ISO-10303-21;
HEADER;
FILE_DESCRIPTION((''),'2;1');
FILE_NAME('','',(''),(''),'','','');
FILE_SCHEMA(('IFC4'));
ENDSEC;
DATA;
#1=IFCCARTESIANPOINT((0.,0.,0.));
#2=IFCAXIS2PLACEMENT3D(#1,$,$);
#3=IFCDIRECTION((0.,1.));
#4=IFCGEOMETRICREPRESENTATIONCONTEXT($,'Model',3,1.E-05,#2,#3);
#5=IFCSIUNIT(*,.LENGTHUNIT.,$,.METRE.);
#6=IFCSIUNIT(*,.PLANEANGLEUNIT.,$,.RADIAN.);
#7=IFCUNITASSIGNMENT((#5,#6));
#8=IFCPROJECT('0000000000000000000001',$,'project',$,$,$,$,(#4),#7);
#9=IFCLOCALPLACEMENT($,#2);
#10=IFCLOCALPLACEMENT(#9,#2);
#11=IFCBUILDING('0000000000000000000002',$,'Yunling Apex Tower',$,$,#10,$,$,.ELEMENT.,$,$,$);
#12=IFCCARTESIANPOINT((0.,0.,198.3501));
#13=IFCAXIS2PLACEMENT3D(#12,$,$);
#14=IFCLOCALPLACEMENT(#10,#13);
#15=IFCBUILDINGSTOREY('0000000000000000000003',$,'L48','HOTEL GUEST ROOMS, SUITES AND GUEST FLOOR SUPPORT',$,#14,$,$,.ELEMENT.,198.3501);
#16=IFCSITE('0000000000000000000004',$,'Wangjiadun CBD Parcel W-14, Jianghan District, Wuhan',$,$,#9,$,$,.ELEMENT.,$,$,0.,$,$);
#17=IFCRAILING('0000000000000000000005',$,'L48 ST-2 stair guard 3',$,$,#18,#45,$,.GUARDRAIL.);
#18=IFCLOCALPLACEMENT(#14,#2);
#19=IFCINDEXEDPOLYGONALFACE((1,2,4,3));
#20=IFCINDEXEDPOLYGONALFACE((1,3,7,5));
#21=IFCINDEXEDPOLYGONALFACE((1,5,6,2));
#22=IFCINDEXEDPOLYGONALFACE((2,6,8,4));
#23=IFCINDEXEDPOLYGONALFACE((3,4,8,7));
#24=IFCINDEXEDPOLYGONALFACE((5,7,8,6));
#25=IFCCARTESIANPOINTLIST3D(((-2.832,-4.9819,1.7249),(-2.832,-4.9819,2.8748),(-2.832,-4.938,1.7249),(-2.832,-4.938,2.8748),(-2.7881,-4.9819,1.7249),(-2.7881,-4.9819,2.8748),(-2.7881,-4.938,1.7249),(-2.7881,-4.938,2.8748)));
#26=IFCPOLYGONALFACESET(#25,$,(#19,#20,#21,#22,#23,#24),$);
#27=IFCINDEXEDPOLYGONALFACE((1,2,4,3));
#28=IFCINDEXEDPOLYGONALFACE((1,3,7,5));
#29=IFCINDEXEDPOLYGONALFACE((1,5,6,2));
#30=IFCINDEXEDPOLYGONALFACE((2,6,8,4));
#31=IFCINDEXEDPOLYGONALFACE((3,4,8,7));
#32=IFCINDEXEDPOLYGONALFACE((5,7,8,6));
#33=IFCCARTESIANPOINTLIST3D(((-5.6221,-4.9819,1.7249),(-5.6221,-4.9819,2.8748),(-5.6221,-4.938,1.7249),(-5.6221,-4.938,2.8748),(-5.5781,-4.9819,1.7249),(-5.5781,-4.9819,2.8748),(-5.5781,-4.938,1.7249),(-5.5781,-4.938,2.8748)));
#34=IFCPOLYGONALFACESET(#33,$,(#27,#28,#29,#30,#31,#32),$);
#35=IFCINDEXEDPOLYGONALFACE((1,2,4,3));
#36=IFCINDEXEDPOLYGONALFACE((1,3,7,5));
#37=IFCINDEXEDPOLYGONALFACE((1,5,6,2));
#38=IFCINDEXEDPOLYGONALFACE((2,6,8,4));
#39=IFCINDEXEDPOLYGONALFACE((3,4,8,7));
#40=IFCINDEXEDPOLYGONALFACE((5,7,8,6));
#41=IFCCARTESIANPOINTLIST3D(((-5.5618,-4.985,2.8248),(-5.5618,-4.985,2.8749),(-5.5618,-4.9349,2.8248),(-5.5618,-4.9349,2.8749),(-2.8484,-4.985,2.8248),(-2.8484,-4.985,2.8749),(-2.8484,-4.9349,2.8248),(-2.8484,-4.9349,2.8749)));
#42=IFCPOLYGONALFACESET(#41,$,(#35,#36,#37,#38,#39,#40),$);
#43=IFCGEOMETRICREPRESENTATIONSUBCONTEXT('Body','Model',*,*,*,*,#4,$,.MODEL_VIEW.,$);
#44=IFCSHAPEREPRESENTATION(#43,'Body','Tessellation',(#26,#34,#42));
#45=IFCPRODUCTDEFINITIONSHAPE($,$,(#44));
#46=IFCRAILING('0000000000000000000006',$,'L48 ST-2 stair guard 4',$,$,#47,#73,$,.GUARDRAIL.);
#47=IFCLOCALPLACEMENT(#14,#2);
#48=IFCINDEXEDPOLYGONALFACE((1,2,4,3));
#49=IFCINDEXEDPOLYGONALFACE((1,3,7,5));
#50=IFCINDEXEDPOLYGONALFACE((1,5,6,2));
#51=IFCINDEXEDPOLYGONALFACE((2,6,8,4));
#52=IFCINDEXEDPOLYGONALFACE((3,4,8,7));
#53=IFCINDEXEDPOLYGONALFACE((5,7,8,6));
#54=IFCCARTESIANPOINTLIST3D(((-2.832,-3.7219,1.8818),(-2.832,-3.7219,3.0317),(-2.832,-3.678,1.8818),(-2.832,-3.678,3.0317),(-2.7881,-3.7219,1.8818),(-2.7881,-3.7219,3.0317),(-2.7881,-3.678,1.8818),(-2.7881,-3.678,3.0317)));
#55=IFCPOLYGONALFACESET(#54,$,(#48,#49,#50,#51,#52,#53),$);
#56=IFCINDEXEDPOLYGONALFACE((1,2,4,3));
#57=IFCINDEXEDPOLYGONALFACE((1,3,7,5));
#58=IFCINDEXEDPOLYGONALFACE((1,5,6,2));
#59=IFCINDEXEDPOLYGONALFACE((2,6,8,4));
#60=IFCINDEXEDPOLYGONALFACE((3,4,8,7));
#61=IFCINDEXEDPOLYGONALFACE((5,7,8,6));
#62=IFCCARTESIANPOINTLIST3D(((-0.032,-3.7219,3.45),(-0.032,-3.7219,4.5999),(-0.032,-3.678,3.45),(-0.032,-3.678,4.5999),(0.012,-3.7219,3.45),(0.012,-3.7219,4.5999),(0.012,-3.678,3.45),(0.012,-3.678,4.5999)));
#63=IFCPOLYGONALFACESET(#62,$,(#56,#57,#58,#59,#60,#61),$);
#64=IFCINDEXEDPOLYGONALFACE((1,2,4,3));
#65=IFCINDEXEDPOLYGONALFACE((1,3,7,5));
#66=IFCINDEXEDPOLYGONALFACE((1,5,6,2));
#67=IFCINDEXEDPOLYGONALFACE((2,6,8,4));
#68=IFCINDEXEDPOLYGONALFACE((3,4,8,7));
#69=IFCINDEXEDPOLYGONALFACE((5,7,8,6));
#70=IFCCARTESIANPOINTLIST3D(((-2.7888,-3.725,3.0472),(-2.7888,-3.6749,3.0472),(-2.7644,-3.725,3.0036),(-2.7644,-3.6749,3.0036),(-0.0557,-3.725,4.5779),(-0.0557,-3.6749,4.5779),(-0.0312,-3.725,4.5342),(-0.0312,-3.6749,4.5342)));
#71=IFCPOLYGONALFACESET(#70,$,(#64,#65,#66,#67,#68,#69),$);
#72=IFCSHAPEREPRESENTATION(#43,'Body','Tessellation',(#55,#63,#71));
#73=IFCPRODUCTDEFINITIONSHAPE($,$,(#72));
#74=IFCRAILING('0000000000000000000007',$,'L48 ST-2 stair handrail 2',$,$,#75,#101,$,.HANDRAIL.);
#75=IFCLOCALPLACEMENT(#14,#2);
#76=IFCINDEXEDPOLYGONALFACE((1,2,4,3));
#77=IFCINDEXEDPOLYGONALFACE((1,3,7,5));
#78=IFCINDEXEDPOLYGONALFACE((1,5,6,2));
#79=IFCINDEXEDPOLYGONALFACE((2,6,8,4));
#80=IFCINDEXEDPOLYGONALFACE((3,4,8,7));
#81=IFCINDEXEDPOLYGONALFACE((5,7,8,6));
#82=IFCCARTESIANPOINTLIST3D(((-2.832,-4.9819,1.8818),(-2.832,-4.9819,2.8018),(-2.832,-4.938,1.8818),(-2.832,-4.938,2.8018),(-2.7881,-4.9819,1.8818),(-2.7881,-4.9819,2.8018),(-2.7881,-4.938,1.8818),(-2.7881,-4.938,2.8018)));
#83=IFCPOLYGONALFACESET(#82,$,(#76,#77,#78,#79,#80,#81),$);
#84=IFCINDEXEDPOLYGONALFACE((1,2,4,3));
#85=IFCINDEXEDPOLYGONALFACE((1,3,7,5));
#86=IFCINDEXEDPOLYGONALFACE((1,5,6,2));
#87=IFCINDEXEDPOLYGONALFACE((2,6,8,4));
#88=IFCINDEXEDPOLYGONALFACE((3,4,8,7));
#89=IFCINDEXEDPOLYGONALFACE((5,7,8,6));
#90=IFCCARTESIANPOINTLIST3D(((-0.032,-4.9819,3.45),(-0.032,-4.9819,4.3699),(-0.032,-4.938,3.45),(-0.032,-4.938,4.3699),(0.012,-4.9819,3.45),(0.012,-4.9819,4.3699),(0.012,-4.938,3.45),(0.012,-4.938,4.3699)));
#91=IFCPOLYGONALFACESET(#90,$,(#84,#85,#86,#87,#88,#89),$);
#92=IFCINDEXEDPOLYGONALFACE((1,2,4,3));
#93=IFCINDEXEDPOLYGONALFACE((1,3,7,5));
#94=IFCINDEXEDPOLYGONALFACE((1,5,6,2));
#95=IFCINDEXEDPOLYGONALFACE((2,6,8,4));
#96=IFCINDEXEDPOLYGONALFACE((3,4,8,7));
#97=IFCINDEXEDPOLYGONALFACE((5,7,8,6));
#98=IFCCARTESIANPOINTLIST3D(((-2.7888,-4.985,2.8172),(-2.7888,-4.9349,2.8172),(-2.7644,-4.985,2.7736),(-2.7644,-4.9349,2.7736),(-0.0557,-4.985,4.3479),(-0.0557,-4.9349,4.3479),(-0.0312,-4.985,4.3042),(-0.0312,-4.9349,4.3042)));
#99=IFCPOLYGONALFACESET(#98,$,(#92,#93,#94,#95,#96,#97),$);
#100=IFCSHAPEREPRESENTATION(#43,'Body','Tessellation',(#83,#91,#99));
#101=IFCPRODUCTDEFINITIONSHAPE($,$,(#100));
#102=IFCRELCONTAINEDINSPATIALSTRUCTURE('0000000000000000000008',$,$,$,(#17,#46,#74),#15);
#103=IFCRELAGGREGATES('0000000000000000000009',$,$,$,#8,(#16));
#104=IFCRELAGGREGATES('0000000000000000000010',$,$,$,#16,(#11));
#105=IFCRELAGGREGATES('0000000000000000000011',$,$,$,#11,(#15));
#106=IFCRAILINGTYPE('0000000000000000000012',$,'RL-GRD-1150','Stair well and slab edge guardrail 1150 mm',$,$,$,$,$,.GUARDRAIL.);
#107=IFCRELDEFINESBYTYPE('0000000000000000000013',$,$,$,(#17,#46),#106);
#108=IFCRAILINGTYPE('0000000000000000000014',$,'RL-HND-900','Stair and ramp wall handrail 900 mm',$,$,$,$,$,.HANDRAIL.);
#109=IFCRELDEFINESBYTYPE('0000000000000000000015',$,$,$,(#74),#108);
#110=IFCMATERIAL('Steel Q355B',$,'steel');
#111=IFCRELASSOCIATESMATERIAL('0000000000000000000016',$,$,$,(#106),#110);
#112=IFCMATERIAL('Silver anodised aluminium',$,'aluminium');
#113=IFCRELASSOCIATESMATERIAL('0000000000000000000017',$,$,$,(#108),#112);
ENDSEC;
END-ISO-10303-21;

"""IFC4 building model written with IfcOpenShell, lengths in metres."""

from ifc_helpers import new_model, si_unit, direction, frame, origin, origin_2d, place, context, subcontext, project, spatial, rectangle, extrude, material, type_object, element, save


model = new_model("IFC4")

# Units and contexts
model_context = context("Model", 3, precision=1e-05, world=origin(), true_north=direction((0.0, 1.0)))
body_context = subcontext(model_context, "Body", "Model", "MODEL_VIEW")
ifc_project = project(units=[si_unit("LENGTHUNIT", "METRE"), si_unit("PLANEANGLEUNIT", "RADIAN")], contexts=[model_context])

# Site, building, storey
site_placement = place(None, origin())
site = spatial("IfcSite", under=ifc_project, at=site_placement, Name="Wangjiadun CBD Parcel W-14, Jianghan District, Wuhan", CompositionType="ELEMENT", RefElevation=0.0)
building_placement = place(site_placement, origin())
building = spatial("IfcBuilding", under=site, at=building_placement, Name="Yunling Apex Tower", CompositionType="ELEMENT")
storey_placement = place(building_placement, frame((0.0, 0.0, 198.3501)))
storey = spatial("IfcBuildingStorey", under=building, at=storey_placement, Name="L48", Description="HOTEL GUEST ROOMS, SUITES AND GUEST FLOOR SUPPORT", CompositionType="ELEMENT", Elevation=198.3501)

# Shared definitions
ifc_material_1 = material(Name="Steel Q355B", Category="steel")

# Shared definitions
ifc_material_2 = material(Name="Silver anodised aluminium", Category="aluminium")

# Railings
railing_type_1 = type_object("IfcRailingType", Name="RL-GRD-1150", Description="Stair well and slab edge guardrail 1150 mm", PredefinedType="GUARDRAIL", material=ifc_material_1)
railing_1_placement = place(storey_placement, frame((-2.8101, -4.96, 1.7249)))
element("IfcRailing", 1, at=railing_1_placement, inside=storey, type_object=railing_type_1, Name="L48 ST-2 stair guard 3", PredefinedType="GUARDRAIL", context=body_context, shape_type="SweptSolid", body=[
    extrude(rectangle(XDim=0.0439, YDim=0.0439, at=origin_2d()), origin(), (0.0, 0.0, 1.0), 1.1499),
    extrude(rectangle(XDim=0.0439, YDim=0.0439, at=origin_2d()), frame((-2.79, 0.0, 0.0)), (0.0, 0.0, 1.0), 1.1499),
    extrude(rectangle(XDim=0.05, YDim=0.05, at=origin_2d()), frame((-0.0383, 0.0, 1.125), z_axis=(-1.0, 0.0, 0.0), x_axis=(0.0, -1.0, 0.0)), (0.0, 0.0, 1.0), 2.7134),
])
railing_2_placement = place(storey_placement, frame((-2.8101, -3.7, 1.8818)))
element("IfcRailing", 2, at=railing_2_placement, inside=storey, type_object=railing_type_1, Name="L48 ST-2 stair guard 4", PredefinedType="GUARDRAIL", context=body_context, shape_type="SweptSolid", body=[
    extrude(rectangle(XDim=0.0439, YDim=0.0439, at=origin_2d()), origin(), (0.0, 0.0, 1.0), 1.1499),
    extrude(rectangle(XDim=0.0439, YDim=0.0439, at=origin_2d()), frame((2.8, 0.0, 1.5681)), (0.0, 0.0, 1.0), 1.1499),
    extrude(rectangle(XDim=0.05, YDim=0.05, at=origin_2d()), frame((0.0334, 0.0, 1.1436), z_axis=(0.872494, 0.0, 0.488624), x_axis=(0.0, 1.0, 0.0)), (0.0, 0.0, 1.0), 3.1326),
])
railing_type_2 = type_object("IfcRailingType", Name="RL-HND-900", Description="Stair and ramp wall handrail 900 mm", PredefinedType="HANDRAIL", material=ifc_material_2)
railing_3_placement = place(storey_placement, frame((-2.8101, -4.96, 1.8818)))
element("IfcRailing", 3, at=railing_3_placement, inside=storey, type_object=railing_type_2, Name="L48 ST-2 stair handrail 2", PredefinedType="HANDRAIL", context=body_context, shape_type="SweptSolid", body=[
    extrude(rectangle(XDim=0.0439, YDim=0.0439, at=origin_2d()), origin(), (0.0, 0.0, 1.0), 0.9199),
    extrude(rectangle(XDim=0.0439, YDim=0.0439, at=origin_2d()), frame((2.8, 0.0, 1.5681)), (0.0, 0.0, 1.0), 0.9199),
    extrude(rectangle(XDim=0.05, YDim=0.05, at=origin_2d()), frame((0.0334, 0.0, 0.9136), z_axis=(0.872494, 0.0, 0.488624), x_axis=(0.0, 1.0, 0.0)), (0.0, 0.0, 1.0), 3.1326),
])

save(model, "model.ifc")
